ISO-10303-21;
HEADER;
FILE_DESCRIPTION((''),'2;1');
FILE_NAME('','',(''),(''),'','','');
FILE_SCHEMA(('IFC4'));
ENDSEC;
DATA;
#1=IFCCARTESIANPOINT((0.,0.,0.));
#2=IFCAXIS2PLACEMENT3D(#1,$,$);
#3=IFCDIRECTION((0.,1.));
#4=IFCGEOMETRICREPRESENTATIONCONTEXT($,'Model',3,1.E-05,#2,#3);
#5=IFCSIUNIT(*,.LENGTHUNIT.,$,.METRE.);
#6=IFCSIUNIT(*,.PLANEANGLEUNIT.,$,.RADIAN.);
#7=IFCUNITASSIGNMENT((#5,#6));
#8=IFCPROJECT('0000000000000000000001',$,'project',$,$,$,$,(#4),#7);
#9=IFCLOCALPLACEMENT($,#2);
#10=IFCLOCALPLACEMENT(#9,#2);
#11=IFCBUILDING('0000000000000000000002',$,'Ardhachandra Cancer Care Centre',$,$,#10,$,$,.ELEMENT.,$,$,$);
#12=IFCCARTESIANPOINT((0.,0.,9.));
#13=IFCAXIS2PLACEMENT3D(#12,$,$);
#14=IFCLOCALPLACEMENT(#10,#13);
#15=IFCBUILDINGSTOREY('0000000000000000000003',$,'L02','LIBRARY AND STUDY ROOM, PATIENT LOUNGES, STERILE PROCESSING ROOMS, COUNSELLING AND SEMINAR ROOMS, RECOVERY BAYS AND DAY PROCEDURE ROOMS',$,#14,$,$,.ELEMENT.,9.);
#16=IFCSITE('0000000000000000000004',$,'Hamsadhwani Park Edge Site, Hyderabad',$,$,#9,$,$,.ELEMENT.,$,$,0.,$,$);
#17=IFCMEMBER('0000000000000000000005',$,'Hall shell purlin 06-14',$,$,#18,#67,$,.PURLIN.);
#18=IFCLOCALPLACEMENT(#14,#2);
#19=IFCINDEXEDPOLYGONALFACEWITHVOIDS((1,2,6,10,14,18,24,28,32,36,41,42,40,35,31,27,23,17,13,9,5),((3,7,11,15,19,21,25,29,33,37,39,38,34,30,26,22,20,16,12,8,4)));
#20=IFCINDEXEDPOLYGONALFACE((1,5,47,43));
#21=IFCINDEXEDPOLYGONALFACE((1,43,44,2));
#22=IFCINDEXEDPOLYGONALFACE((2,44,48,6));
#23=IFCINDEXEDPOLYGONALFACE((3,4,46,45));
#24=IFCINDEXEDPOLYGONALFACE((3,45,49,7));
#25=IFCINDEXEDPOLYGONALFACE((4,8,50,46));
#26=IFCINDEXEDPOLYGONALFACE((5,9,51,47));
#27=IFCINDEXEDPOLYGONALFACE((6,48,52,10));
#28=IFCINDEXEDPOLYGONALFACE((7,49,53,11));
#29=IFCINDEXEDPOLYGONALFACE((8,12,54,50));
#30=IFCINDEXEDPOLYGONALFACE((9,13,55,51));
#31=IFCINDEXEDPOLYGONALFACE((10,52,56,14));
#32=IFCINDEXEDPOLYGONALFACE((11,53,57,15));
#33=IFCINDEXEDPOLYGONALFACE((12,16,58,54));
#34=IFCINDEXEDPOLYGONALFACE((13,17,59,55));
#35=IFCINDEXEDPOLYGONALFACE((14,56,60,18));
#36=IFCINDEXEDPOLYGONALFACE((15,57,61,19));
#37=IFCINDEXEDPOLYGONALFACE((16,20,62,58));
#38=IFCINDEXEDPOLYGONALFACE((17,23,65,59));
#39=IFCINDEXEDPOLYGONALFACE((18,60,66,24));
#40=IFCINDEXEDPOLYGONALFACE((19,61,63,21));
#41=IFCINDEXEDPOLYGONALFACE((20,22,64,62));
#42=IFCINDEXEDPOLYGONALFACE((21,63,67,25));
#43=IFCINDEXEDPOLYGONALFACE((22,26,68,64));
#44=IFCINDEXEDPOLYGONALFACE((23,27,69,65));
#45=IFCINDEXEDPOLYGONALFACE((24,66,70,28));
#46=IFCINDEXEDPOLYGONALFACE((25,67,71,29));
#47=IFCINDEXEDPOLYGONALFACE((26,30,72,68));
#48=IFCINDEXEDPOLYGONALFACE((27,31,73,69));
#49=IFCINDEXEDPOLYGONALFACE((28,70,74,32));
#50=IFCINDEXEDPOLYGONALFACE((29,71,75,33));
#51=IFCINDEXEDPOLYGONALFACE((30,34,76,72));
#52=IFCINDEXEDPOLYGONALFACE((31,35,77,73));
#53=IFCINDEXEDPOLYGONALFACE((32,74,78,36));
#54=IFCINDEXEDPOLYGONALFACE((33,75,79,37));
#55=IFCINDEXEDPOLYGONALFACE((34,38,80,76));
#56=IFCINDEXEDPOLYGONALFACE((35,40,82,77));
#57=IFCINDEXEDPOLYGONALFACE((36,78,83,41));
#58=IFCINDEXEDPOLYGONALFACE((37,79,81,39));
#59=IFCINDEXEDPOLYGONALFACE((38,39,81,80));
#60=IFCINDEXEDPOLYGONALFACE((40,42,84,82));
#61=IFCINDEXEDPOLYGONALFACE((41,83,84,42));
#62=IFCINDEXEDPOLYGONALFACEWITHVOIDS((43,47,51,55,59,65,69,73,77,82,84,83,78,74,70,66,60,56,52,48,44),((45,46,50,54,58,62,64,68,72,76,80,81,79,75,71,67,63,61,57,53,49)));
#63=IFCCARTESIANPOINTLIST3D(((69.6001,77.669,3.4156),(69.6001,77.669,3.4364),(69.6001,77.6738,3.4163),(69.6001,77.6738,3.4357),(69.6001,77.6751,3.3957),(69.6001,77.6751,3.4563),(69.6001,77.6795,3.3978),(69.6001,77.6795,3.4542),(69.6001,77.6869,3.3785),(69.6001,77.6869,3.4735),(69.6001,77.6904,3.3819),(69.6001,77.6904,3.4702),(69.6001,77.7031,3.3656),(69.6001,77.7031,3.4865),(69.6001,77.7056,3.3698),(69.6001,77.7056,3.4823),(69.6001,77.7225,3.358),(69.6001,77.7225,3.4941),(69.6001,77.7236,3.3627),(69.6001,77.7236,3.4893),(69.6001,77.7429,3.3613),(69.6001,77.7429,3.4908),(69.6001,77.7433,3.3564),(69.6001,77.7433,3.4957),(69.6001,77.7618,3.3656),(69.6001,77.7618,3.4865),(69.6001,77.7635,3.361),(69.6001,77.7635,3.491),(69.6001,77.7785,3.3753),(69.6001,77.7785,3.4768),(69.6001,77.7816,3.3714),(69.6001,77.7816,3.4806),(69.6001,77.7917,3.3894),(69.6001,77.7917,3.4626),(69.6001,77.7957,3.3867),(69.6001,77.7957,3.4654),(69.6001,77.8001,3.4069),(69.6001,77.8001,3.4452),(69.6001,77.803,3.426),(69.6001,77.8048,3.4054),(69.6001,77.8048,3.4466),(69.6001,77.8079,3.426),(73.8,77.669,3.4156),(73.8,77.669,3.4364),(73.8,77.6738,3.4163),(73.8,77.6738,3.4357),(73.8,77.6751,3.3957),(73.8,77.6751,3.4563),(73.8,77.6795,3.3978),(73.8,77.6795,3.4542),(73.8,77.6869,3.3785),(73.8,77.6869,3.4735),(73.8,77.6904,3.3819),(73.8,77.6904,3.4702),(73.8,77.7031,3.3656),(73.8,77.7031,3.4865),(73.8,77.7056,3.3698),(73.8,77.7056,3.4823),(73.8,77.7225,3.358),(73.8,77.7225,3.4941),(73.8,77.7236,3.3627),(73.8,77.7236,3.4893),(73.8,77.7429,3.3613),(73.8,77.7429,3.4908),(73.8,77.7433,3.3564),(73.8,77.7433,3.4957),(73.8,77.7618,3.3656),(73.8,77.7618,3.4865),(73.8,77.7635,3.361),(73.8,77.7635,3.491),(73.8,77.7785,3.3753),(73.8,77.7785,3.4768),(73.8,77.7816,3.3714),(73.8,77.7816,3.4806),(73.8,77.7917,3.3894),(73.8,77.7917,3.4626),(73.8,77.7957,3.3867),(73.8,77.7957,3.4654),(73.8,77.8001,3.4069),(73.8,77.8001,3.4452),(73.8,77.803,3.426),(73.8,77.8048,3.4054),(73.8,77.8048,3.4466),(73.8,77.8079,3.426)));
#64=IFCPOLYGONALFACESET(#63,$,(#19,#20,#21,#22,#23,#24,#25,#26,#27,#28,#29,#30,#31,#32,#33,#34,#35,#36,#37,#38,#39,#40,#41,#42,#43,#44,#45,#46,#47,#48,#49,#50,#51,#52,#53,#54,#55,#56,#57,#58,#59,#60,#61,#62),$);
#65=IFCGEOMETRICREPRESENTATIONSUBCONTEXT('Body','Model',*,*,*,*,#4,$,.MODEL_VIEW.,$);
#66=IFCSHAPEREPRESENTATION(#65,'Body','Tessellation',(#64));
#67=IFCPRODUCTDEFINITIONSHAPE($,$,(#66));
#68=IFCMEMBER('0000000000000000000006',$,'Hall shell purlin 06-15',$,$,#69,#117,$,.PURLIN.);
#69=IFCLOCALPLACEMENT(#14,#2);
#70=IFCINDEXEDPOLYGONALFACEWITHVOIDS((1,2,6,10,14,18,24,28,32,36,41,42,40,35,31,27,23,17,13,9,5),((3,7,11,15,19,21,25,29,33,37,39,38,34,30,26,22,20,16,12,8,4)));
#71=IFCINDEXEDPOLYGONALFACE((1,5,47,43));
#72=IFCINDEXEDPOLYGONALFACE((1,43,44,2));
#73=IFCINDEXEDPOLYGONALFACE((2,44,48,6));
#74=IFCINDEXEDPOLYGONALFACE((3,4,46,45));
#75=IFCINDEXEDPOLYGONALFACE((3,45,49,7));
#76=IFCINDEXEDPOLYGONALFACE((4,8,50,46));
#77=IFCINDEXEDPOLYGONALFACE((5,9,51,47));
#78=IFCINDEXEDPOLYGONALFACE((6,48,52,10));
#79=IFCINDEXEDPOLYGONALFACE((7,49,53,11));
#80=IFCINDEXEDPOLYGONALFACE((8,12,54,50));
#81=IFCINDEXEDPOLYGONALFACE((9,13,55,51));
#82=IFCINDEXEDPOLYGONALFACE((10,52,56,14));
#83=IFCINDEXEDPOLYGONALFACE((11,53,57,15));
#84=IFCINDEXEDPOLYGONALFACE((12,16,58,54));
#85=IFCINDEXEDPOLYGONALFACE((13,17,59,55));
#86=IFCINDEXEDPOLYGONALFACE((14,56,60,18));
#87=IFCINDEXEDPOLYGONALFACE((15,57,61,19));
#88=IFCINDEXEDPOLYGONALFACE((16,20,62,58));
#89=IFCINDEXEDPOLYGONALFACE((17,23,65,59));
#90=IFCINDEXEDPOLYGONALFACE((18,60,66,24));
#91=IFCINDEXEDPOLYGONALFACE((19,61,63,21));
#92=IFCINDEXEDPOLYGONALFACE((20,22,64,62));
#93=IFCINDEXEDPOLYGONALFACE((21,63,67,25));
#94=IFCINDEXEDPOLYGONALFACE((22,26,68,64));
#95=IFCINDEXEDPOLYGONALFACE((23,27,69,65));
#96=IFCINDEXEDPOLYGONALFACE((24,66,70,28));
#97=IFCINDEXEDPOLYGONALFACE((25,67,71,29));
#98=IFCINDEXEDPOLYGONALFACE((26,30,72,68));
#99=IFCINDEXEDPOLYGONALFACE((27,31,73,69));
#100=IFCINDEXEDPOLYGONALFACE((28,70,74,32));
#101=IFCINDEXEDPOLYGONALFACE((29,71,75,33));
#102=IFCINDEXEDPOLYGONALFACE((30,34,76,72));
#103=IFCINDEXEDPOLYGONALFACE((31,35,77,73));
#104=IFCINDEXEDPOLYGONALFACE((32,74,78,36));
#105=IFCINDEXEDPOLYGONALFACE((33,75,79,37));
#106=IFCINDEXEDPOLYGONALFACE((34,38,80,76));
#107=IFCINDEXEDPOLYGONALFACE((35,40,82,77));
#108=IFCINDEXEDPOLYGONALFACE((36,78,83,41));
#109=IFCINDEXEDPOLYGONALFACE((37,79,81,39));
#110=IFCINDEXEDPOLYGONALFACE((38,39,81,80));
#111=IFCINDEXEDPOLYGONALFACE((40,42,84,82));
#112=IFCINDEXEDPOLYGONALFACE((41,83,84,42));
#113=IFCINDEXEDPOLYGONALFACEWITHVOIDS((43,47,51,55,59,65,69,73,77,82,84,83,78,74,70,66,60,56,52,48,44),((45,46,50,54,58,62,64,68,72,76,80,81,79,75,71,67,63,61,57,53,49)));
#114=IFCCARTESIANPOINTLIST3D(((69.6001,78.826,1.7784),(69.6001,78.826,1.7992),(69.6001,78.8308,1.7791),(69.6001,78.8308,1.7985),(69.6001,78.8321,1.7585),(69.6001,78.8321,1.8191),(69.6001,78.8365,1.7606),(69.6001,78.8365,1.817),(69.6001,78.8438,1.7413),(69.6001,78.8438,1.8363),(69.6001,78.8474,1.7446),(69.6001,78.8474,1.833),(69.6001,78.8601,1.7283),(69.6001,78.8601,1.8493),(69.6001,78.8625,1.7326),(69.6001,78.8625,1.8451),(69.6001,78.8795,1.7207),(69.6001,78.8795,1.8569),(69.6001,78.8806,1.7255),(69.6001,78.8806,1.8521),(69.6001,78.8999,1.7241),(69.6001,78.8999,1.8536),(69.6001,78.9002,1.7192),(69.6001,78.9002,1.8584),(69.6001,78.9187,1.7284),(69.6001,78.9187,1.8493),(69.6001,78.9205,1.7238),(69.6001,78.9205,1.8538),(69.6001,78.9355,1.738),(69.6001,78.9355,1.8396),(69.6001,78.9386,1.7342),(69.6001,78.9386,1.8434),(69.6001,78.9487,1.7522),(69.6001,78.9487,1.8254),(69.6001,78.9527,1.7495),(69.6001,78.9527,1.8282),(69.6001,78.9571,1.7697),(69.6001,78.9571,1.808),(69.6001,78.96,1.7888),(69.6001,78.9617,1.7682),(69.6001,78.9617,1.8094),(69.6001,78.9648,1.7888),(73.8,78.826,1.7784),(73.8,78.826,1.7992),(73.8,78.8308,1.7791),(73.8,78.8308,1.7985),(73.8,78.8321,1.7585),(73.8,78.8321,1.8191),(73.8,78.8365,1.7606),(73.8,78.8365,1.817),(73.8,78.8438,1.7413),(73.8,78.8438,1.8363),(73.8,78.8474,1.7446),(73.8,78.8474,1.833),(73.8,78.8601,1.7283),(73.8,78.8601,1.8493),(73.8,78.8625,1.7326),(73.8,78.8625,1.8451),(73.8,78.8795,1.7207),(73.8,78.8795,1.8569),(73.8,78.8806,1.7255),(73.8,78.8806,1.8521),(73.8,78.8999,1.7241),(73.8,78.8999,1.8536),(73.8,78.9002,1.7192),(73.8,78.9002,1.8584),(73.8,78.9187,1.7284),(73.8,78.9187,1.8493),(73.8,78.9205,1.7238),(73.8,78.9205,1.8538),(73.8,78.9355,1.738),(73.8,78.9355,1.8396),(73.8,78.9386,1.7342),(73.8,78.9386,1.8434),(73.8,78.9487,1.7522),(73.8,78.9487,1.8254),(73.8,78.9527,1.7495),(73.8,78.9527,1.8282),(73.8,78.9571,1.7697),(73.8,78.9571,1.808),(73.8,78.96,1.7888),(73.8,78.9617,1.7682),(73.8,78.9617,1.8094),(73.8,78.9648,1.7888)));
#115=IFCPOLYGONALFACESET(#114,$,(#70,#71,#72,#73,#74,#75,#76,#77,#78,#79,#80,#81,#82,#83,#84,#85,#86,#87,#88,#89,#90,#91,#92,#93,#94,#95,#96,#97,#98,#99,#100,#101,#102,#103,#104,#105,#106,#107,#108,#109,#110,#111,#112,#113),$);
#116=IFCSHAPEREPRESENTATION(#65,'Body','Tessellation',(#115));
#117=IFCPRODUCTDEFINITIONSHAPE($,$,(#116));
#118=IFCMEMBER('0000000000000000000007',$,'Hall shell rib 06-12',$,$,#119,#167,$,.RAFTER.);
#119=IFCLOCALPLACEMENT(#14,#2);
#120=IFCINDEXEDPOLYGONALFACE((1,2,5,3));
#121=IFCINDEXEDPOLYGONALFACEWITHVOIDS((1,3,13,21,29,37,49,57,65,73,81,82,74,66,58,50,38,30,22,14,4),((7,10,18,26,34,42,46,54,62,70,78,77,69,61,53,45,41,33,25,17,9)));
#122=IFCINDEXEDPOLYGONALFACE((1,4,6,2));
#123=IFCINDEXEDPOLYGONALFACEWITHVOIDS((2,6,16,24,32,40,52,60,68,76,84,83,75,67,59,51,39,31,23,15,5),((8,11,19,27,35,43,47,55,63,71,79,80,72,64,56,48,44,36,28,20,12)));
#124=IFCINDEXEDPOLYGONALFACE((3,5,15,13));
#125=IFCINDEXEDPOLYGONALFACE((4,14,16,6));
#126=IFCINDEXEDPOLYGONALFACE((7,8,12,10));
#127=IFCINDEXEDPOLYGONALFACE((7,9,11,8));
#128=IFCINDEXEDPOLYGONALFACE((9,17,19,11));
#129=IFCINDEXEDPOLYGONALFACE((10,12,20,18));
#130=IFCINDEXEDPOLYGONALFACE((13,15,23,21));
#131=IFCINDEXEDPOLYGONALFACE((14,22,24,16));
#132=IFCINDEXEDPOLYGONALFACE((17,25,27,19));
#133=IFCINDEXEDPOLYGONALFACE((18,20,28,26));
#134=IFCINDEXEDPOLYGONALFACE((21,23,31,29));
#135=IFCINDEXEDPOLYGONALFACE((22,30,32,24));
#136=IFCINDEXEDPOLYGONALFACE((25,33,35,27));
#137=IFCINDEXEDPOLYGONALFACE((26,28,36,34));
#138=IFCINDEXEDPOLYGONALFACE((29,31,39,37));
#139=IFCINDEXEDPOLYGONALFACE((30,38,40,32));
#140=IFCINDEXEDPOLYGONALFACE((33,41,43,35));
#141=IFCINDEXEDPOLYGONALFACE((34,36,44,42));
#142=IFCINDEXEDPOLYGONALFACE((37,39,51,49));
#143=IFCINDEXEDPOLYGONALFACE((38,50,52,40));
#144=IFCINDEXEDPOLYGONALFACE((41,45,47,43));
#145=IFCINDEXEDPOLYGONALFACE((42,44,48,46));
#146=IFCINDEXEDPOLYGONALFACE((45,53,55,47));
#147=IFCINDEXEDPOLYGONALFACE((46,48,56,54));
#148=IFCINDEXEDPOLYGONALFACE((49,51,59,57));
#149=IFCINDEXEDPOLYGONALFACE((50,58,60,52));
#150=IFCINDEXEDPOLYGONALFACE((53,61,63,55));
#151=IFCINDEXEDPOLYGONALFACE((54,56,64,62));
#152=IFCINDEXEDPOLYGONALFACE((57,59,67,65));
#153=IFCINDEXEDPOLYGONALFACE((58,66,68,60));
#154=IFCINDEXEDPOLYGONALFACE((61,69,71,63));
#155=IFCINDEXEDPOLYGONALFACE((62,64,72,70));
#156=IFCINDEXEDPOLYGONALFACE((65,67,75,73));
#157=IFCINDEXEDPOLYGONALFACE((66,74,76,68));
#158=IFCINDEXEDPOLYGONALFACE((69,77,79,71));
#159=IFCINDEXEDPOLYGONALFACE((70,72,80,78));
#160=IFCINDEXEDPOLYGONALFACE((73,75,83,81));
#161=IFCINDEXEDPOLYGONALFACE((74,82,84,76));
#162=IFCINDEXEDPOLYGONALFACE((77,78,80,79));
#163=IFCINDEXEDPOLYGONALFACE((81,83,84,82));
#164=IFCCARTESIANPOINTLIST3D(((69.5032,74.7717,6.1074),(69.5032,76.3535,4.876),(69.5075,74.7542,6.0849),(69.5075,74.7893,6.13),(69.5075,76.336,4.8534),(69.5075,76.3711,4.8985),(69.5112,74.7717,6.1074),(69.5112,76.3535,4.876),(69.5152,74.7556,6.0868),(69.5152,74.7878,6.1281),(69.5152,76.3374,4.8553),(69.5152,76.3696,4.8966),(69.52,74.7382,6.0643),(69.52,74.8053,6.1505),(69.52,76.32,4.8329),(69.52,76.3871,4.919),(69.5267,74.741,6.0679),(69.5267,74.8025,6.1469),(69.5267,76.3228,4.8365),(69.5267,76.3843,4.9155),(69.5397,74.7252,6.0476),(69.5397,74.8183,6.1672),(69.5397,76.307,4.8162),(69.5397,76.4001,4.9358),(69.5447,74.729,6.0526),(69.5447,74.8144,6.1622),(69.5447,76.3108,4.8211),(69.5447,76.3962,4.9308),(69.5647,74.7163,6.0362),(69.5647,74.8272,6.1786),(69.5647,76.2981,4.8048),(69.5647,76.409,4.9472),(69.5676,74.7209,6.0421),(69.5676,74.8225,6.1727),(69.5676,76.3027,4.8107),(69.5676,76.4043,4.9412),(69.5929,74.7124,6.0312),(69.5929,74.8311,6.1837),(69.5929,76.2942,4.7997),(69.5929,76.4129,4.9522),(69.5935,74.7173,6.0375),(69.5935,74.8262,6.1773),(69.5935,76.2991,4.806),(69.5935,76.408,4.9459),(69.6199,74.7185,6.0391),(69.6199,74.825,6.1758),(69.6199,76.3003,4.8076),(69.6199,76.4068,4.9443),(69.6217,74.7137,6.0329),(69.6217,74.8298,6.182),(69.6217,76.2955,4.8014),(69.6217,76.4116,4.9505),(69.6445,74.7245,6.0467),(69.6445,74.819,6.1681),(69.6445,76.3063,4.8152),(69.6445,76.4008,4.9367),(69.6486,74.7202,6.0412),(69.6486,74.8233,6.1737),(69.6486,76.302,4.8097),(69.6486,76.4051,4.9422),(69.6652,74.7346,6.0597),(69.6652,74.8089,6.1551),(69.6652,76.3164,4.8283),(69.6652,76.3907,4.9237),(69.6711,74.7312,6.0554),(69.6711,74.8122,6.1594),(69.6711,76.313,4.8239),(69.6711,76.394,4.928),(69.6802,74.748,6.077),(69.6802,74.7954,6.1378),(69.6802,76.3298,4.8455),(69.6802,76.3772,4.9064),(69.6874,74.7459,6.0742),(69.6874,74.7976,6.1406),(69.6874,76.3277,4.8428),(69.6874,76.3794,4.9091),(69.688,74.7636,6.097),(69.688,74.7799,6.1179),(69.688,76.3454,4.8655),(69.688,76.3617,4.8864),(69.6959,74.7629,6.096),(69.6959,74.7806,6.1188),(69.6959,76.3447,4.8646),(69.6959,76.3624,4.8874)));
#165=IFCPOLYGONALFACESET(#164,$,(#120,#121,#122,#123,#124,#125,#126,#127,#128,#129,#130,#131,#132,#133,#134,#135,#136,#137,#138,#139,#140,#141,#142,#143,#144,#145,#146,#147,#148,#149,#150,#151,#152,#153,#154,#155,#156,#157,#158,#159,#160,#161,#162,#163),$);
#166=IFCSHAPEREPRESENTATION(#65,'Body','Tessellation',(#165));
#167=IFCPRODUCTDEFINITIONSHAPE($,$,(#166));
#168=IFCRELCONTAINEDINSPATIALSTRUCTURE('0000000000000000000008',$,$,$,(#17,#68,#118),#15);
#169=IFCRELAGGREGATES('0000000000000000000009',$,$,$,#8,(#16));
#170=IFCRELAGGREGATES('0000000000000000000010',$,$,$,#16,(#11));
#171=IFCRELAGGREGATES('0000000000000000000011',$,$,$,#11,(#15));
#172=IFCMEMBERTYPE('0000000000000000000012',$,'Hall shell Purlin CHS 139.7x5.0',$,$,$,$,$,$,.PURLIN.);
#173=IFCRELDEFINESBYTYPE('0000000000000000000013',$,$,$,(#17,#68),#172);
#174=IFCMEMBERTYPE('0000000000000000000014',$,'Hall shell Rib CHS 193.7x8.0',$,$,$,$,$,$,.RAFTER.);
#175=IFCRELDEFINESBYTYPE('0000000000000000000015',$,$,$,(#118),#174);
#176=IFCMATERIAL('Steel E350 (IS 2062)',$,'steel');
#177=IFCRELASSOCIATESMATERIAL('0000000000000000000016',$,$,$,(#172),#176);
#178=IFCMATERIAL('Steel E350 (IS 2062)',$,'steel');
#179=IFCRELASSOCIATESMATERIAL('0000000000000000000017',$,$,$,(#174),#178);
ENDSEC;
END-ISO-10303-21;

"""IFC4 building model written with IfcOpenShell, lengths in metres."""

from ifc_helpers import new_model, si_unit, direction, frame, origin, origin_2d, place, context, subcontext, project, spatial, hollow_circle, extrude, material, material_profile, profile_set, type_object, element, save


model = new_model("IFC4")

# Units and contexts
model_context = context("Model", 3, precision=1e-05, world=origin(), true_north=direction((0.0, 1.0)))
body_context = subcontext(model_context, "Body", "Model", "MODEL_VIEW")
ifc_project = project(units=[si_unit("LENGTHUNIT", "METRE"), si_unit("PLANEANGLEUNIT", "RADIAN")], contexts=[model_context])

# Site, building, storey
site_placement = place(None, origin())
site = spatial("IfcSite", under=ifc_project, at=site_placement, Name="Hamsadhwani Park Edge Site, Hyderabad", CompositionType="ELEMENT", RefElevation=0.0)
building_placement = place(site_placement, origin())
building = spatial("IfcBuilding", under=site, at=building_placement, Name="Ardhachandra Cancer Care Centre", CompositionType="ELEMENT")
storey_placement = place(building_placement, frame((0.0, 0.0, 9.0)))
storey = spatial("IfcBuildingStorey", under=building, at=storey_placement, Name="L02", Description="LIBRARY AND STUDY ROOM, PATIENT LOUNGES, STERILE PROCESSING ROOMS, COUNSELLING AND SEMINAR ROOMS, RECOVERY BAYS AND DAY PROCEDURE ROOMS", CompositionType="ELEMENT", Elevation=9.0)

# Members
ifc_material_1 = material(Name="Steel E350 (IS 2062)", Category="steel")
ifc_material_profile_1 = material_profile(ifc_material_1, hollow_circle(Radius=0.0698, WallThickness=0.0049, at=origin_2d()), Name="CHS 139.7x5.0")
ifc_profile_set_1 = profile_set([ifc_material_profile_1], Name="Steel E350 (IS 2062)")
member_type_1 = type_object("IfcMemberType", Name="Hall shell Purlin CHS 139.7x5.0", PredefinedType="PURLIN", material=ifc_profile_set_1)
for number, where, z_axis, x_axis, name in (
    (1, (69.6001, 77.738, 3.426), (1.0, 0.0, 0.0), (0.0, 1.0, 0.0), "Hall shell purlin 06-14"),
    (2, (69.6001, 78.895, 1.7888), (1.0, 0.0, 0.0), (0.0, 1.0, 0.0), "Hall shell purlin 06-15"),
):
    element("IfcMember", number, at=place(storey_placement, frame(where, z_axis=z_axis, x_axis=x_axis)), inside=storey, type_object=member_type_1, Name=name, PredefinedType="PURLIN", context=body_context, shape_type="SweptSolid", body=[
        extrude(hollow_circle(Radius=0.0698, WallThickness=0.0049, at=origin_2d()), origin(), (0.0, 0.0, 1.0), 4.2),
    ])
ifc_material_2 = material(Name="Steel E350 (IS 2062)", Category="steel")
ifc_material_profile_2 = material_profile(ifc_material_2, hollow_circle(Radius=0.0969, WallThickness=0.0081, at=origin_2d()), Name="CHS 193.7x8.0")
ifc_profile_set_2 = profile_set([ifc_material_profile_2], Name="Steel E350 (IS 2062)")
member_type_2 = type_object("IfcMemberType", Name="Hall shell Rib CHS 193.7x8.0", PredefinedType="RAFTER", material=ifc_profile_set_2)
member_1_placement = place(storey_placement, frame((69.6001, 74.7717, 6.1074), z_axis=(0.0, 0.78907, -0.614303), x_axis=(-1.0, 0.0, 0.0)))
element("IfcMember", 3, at=member_1_placement, inside=storey, type_object=member_type_2, Name="Hall shell rib 06-12", PredefinedType="RAFTER", context=body_context, shape_type="SweptSolid", body=[
    extrude(hollow_circle(Radius=0.0969, WallThickness=0.0081, at=origin_2d()), origin(), (0.0, 0.0, 1.0), 2.0046),
])

save(model, "model.ifc")
